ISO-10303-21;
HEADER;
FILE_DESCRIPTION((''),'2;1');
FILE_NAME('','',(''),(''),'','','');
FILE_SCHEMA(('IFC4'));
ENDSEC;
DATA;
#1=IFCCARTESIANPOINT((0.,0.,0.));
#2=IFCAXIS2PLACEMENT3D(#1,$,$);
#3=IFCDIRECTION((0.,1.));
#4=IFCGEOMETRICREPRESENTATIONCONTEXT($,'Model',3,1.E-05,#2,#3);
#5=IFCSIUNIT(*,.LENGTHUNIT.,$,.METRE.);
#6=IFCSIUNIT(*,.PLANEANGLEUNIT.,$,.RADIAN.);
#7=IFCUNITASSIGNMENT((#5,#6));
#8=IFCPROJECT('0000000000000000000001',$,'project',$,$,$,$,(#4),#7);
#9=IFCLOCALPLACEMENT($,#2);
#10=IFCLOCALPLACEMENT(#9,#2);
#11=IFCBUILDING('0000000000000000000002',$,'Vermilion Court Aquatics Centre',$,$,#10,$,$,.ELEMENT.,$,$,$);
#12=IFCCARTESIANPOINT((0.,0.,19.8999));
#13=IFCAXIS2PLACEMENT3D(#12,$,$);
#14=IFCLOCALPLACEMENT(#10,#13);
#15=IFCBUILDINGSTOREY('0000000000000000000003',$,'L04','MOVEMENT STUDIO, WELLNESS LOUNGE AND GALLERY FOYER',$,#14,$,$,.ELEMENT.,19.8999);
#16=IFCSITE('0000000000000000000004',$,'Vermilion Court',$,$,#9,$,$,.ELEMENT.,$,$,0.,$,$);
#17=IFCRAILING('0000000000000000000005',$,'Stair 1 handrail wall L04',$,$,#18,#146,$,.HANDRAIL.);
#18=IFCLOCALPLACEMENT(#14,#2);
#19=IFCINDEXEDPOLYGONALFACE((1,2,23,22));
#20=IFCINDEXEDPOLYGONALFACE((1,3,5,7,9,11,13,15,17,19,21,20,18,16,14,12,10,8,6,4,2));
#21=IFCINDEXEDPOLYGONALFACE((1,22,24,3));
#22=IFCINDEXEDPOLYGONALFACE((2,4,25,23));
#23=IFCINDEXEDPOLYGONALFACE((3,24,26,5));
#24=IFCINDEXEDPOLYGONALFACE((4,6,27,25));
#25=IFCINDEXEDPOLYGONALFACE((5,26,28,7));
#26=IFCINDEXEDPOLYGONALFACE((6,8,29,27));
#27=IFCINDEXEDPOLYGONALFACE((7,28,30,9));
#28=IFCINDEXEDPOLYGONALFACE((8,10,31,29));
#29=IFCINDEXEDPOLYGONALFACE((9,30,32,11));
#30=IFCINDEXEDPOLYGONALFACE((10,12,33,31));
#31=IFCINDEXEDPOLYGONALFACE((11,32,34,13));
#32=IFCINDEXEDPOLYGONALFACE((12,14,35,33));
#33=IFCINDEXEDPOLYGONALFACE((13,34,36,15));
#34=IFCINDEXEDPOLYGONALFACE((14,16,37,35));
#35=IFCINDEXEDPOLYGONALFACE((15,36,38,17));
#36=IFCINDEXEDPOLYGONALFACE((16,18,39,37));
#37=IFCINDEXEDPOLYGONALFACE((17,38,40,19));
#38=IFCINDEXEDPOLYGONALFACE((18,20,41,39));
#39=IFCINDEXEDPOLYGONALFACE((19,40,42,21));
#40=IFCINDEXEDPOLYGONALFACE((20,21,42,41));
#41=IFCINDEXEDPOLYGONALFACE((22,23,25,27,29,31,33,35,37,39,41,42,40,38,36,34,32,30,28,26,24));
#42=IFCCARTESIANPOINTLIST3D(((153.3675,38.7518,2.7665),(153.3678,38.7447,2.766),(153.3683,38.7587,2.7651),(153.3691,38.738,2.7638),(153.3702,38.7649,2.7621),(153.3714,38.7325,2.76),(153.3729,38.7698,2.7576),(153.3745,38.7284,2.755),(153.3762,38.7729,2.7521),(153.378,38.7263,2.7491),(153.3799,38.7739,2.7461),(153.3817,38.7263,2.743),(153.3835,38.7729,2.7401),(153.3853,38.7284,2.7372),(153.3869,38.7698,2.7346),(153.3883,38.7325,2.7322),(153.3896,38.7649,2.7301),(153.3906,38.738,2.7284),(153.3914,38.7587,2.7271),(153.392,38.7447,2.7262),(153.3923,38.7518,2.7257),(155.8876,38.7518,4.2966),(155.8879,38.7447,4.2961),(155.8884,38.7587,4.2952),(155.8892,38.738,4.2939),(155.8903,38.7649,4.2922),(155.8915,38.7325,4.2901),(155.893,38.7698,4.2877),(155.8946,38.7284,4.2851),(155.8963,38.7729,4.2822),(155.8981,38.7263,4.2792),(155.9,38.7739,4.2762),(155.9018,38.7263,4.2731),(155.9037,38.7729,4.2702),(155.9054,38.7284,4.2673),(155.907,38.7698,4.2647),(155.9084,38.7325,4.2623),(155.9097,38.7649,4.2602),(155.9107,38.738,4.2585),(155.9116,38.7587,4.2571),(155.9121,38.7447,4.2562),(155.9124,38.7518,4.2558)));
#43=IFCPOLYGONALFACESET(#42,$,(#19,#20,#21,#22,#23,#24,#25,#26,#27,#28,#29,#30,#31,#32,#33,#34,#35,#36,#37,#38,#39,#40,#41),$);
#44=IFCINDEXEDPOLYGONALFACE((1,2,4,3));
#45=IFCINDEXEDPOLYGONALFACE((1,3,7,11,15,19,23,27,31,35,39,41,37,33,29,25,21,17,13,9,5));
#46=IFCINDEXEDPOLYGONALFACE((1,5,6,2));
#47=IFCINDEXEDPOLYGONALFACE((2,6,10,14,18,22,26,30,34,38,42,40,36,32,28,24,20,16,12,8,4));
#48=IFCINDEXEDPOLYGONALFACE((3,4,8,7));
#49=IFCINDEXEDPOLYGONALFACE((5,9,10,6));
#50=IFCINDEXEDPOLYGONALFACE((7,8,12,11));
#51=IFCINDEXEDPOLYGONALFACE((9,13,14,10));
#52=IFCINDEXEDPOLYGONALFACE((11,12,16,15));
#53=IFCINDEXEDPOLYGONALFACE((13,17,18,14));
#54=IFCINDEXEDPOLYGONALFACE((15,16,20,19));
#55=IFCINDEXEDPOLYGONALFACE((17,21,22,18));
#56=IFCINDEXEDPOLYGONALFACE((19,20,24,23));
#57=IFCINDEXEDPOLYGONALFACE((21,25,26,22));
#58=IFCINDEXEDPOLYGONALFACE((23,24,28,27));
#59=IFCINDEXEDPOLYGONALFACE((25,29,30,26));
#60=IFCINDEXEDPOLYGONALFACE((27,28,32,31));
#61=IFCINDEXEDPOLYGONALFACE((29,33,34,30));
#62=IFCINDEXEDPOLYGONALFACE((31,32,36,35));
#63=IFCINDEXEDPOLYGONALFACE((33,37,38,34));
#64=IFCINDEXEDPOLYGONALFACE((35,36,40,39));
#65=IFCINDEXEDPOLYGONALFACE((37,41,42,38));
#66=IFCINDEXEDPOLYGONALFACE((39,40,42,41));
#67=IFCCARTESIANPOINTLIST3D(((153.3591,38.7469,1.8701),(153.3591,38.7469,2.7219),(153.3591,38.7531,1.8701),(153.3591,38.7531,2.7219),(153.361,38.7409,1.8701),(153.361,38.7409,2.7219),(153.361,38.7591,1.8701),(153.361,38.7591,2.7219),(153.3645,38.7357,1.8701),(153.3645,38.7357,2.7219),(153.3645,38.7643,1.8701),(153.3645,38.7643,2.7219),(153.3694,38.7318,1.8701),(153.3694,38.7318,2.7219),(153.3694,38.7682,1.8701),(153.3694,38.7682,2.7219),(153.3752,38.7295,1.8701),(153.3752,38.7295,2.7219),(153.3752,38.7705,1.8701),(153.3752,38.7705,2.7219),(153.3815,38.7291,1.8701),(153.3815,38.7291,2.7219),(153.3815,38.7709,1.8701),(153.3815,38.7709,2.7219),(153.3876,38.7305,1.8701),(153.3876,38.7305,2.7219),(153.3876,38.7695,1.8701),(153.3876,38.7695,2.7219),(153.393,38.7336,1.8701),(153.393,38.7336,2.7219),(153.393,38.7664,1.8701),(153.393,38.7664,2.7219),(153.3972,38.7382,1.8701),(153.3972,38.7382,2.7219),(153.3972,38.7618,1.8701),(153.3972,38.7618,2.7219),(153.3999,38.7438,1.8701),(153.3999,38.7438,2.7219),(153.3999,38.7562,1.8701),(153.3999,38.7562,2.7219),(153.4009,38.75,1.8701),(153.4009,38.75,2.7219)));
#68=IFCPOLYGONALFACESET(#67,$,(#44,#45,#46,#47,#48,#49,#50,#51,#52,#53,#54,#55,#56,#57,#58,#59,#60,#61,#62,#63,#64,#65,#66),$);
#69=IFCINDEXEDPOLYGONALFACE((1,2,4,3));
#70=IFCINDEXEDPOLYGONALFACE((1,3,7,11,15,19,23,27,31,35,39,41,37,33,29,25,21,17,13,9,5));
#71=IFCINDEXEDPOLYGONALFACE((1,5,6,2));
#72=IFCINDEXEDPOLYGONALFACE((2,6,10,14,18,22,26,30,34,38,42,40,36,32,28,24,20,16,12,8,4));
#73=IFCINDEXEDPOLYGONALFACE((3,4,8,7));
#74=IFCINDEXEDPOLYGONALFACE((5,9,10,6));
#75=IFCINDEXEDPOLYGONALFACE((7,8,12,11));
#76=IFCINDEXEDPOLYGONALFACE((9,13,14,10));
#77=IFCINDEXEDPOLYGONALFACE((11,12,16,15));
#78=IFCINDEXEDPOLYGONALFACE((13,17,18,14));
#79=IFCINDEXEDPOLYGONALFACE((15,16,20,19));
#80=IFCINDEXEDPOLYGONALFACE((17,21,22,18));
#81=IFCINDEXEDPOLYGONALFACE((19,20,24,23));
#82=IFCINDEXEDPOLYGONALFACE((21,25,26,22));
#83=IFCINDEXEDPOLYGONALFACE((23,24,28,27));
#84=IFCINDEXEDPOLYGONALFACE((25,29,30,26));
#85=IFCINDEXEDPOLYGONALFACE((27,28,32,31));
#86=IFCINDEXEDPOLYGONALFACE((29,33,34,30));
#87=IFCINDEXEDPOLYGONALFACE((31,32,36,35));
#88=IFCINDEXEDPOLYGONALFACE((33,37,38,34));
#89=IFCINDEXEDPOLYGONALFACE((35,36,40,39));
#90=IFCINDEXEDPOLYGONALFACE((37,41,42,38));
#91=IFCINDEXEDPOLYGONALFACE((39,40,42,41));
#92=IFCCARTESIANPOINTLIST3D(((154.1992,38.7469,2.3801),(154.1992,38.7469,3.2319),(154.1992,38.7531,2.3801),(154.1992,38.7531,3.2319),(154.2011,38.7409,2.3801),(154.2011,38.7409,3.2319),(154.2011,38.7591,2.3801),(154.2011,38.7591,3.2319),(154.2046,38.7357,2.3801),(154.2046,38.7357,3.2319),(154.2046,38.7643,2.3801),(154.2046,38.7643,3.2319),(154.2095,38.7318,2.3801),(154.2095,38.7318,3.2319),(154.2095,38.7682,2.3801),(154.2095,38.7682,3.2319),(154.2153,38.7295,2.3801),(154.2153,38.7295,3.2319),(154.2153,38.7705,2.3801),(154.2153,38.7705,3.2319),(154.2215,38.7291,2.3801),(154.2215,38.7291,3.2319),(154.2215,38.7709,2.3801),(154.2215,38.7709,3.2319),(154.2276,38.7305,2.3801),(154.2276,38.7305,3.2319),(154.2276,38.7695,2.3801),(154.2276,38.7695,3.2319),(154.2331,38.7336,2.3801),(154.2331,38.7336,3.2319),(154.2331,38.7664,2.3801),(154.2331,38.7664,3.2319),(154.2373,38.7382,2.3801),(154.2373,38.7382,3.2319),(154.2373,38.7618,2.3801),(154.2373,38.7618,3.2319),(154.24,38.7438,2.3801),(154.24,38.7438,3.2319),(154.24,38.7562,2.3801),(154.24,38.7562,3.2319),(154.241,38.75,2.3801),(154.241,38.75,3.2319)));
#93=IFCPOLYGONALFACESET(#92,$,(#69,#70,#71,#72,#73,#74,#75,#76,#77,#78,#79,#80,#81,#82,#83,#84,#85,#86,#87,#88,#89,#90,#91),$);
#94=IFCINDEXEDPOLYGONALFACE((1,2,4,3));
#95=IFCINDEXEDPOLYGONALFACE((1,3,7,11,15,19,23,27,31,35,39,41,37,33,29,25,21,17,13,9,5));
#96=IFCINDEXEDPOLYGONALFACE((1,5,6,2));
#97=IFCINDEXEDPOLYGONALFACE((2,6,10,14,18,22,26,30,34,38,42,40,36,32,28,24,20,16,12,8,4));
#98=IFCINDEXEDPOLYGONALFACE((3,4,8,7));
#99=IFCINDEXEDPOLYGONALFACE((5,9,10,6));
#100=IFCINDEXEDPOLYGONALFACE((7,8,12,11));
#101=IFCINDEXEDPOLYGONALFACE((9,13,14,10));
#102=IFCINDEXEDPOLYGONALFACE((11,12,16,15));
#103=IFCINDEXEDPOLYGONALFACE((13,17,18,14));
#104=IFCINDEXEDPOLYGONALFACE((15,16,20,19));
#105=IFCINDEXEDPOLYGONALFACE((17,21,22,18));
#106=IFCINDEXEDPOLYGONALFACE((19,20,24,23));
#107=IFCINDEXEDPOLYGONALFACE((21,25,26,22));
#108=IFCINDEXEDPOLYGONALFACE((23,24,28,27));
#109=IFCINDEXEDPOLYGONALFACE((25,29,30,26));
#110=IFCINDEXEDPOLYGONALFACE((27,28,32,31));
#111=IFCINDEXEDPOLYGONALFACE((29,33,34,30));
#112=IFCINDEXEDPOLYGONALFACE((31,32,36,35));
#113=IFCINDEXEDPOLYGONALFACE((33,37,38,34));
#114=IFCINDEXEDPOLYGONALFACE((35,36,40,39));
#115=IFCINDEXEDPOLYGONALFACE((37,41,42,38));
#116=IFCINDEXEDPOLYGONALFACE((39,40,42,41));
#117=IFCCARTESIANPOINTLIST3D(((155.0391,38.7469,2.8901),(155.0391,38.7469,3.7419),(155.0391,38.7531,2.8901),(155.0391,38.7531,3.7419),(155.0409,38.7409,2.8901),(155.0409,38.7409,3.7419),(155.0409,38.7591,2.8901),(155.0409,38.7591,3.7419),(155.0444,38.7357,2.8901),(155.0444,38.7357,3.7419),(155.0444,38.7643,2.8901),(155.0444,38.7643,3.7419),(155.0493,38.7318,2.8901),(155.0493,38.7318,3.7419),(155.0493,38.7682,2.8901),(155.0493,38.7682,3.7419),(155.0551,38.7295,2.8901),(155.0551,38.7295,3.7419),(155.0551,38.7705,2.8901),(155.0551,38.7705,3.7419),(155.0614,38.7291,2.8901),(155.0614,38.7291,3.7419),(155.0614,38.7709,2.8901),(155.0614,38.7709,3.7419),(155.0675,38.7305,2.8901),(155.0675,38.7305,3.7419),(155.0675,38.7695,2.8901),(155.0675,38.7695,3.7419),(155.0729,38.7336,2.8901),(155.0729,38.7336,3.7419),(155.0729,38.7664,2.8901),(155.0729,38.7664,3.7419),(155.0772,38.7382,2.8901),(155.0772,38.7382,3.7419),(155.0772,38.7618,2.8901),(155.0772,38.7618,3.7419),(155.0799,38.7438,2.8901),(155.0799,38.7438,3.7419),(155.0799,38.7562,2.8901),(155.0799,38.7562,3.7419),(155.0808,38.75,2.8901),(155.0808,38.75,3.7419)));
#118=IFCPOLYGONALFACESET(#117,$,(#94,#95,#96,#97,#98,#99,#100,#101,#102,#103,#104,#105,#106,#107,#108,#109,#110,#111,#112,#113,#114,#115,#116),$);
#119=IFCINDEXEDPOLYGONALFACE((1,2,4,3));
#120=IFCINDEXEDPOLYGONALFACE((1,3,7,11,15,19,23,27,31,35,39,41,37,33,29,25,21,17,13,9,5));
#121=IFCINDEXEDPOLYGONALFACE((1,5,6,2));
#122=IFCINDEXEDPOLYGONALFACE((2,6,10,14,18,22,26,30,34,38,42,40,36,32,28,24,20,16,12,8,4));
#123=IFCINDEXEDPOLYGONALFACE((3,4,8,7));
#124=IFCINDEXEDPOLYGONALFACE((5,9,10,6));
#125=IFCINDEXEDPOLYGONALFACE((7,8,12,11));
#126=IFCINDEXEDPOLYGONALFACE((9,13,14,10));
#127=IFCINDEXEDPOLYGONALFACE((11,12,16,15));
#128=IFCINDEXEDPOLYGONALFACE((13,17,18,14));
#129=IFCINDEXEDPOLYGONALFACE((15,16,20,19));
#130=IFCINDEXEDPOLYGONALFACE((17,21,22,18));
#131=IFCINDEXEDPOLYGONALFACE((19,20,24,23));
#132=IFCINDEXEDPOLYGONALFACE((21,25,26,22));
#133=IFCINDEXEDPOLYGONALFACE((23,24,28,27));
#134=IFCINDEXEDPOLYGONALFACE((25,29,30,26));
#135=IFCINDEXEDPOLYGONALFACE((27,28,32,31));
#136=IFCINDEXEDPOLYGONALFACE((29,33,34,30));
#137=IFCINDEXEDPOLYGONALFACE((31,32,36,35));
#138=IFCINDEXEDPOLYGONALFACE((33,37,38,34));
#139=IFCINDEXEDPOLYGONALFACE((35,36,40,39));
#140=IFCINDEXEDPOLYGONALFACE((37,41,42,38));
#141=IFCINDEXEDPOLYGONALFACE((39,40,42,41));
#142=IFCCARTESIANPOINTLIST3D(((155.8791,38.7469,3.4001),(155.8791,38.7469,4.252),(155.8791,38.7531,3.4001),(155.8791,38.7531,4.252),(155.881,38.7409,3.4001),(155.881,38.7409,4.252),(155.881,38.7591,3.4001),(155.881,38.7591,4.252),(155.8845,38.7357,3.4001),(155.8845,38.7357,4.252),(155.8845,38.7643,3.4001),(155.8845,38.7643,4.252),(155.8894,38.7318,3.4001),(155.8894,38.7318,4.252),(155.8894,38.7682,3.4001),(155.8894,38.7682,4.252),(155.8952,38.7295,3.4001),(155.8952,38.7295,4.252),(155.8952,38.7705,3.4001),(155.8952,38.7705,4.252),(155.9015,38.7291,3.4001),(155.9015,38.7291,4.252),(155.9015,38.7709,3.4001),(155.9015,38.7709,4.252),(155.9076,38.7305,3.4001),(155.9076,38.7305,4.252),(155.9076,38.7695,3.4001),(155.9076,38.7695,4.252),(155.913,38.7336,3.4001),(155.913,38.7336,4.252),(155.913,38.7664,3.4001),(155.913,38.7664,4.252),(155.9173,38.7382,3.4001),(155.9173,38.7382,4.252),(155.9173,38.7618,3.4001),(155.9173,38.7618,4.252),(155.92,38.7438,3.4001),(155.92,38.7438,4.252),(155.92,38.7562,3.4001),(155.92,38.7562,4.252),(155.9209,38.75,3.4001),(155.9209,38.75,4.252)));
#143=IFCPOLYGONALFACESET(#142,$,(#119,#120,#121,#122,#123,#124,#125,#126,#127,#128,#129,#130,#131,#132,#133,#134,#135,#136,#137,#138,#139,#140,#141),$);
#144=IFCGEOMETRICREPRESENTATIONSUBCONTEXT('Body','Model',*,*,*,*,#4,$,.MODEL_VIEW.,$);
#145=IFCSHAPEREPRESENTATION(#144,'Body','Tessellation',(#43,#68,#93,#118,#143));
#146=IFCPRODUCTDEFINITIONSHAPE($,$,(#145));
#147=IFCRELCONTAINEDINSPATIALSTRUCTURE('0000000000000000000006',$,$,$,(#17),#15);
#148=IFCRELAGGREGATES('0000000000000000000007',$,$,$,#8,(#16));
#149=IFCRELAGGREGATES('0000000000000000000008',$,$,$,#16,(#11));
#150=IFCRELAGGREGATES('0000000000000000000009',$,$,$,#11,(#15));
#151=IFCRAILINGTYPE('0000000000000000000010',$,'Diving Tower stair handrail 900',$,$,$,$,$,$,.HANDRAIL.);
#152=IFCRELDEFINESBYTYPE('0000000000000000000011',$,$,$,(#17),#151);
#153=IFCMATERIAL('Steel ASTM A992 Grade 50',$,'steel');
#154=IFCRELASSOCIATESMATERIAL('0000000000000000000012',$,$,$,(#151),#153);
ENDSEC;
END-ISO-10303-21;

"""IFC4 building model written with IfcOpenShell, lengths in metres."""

from ifc_helpers import new_model, si_unit, direction, frame, origin, origin_2d, place, context, subcontext, project, spatial, circle, extrude, material, type_object, element, save


model = new_model("IFC4")

# Units and contexts
model_context = context("Model", 3, precision=1e-05, world=origin(), true_north=direction((0.0, 1.0)))
body_context = subcontext(model_context, "Body", "Model", "MODEL_VIEW")
ifc_project = project(units=[si_unit("LENGTHUNIT", "METRE"), si_unit("PLANEANGLEUNIT", "RADIAN")], contexts=[model_context])

# Site, building, storey
site_placement = place(None, origin())
site = spatial("IfcSite", under=ifc_project, at=site_placement, Name="Vermilion Court", CompositionType="ELEMENT", RefElevation=0.0)
building_placement = place(site_placement, origin())
building = spatial("IfcBuilding", under=site, at=building_placement, Name="Vermilion Court Aquatics Centre", CompositionType="ELEMENT")
storey_placement = place(building_placement, frame((0.0, 0.0, 19.8999)))
storey = spatial("IfcBuildingStorey", under=building, at=storey_placement, Name="L04", Description="MOVEMENT STUDIO, WELLNESS LOUNGE AND GALLERY FOYER", CompositionType="ELEMENT", Elevation=19.8999)

# Railing
ifc_material_1 = material(Name="Steel ASTM A992 Grade 50", Category="steel")
railing_type_1 = type_object("IfcRailingType", Name="Diving Tower stair handrail 900", PredefinedType="HANDRAIL", material=ifc_material_1)
for number, where, name in (
    (1, (153.3799, 38.75, 1.8701), "Stair 1 handrail wall L04"),
):
    element("IfcRailing", number, at=place(storey_placement, frame(where)), inside=storey, type_object=railing_type_1, Name=name, PredefinedType="HANDRAIL", context=body_context, shape_type="SweptSolid", body=[
        extrude(circle(Radius=0.0239, at=origin_2d()), frame((0.0, 0.0, 0.876), z_axis=(0.854785, 0.0, 0.518982), x_axis=(0.0, 1.0, 0.0)), (0.0, 0.0, 1.0), 2.9482),
        extrude(circle(Radius=0.021, at=origin_2d()), origin(), (0.0, 0.0, 1.0), 0.8518),
        extrude(circle(Radius=0.021, at=origin_2d()), frame((0.8401, 0.0, 0.51)), (0.0, 0.0, 1.0), 0.8518),
        extrude(circle(Radius=0.021, at=origin_2d()), frame((1.6799, 0.0, 1.02)), (0.0, 0.0, 1.0), 0.8518),
        extrude(circle(Radius=0.021, at=origin_2d()), frame((2.52, 0.0, 1.53)), (0.0, 0.0, 1.0), 0.8518),
    ])

save(model, "model.ifc")
